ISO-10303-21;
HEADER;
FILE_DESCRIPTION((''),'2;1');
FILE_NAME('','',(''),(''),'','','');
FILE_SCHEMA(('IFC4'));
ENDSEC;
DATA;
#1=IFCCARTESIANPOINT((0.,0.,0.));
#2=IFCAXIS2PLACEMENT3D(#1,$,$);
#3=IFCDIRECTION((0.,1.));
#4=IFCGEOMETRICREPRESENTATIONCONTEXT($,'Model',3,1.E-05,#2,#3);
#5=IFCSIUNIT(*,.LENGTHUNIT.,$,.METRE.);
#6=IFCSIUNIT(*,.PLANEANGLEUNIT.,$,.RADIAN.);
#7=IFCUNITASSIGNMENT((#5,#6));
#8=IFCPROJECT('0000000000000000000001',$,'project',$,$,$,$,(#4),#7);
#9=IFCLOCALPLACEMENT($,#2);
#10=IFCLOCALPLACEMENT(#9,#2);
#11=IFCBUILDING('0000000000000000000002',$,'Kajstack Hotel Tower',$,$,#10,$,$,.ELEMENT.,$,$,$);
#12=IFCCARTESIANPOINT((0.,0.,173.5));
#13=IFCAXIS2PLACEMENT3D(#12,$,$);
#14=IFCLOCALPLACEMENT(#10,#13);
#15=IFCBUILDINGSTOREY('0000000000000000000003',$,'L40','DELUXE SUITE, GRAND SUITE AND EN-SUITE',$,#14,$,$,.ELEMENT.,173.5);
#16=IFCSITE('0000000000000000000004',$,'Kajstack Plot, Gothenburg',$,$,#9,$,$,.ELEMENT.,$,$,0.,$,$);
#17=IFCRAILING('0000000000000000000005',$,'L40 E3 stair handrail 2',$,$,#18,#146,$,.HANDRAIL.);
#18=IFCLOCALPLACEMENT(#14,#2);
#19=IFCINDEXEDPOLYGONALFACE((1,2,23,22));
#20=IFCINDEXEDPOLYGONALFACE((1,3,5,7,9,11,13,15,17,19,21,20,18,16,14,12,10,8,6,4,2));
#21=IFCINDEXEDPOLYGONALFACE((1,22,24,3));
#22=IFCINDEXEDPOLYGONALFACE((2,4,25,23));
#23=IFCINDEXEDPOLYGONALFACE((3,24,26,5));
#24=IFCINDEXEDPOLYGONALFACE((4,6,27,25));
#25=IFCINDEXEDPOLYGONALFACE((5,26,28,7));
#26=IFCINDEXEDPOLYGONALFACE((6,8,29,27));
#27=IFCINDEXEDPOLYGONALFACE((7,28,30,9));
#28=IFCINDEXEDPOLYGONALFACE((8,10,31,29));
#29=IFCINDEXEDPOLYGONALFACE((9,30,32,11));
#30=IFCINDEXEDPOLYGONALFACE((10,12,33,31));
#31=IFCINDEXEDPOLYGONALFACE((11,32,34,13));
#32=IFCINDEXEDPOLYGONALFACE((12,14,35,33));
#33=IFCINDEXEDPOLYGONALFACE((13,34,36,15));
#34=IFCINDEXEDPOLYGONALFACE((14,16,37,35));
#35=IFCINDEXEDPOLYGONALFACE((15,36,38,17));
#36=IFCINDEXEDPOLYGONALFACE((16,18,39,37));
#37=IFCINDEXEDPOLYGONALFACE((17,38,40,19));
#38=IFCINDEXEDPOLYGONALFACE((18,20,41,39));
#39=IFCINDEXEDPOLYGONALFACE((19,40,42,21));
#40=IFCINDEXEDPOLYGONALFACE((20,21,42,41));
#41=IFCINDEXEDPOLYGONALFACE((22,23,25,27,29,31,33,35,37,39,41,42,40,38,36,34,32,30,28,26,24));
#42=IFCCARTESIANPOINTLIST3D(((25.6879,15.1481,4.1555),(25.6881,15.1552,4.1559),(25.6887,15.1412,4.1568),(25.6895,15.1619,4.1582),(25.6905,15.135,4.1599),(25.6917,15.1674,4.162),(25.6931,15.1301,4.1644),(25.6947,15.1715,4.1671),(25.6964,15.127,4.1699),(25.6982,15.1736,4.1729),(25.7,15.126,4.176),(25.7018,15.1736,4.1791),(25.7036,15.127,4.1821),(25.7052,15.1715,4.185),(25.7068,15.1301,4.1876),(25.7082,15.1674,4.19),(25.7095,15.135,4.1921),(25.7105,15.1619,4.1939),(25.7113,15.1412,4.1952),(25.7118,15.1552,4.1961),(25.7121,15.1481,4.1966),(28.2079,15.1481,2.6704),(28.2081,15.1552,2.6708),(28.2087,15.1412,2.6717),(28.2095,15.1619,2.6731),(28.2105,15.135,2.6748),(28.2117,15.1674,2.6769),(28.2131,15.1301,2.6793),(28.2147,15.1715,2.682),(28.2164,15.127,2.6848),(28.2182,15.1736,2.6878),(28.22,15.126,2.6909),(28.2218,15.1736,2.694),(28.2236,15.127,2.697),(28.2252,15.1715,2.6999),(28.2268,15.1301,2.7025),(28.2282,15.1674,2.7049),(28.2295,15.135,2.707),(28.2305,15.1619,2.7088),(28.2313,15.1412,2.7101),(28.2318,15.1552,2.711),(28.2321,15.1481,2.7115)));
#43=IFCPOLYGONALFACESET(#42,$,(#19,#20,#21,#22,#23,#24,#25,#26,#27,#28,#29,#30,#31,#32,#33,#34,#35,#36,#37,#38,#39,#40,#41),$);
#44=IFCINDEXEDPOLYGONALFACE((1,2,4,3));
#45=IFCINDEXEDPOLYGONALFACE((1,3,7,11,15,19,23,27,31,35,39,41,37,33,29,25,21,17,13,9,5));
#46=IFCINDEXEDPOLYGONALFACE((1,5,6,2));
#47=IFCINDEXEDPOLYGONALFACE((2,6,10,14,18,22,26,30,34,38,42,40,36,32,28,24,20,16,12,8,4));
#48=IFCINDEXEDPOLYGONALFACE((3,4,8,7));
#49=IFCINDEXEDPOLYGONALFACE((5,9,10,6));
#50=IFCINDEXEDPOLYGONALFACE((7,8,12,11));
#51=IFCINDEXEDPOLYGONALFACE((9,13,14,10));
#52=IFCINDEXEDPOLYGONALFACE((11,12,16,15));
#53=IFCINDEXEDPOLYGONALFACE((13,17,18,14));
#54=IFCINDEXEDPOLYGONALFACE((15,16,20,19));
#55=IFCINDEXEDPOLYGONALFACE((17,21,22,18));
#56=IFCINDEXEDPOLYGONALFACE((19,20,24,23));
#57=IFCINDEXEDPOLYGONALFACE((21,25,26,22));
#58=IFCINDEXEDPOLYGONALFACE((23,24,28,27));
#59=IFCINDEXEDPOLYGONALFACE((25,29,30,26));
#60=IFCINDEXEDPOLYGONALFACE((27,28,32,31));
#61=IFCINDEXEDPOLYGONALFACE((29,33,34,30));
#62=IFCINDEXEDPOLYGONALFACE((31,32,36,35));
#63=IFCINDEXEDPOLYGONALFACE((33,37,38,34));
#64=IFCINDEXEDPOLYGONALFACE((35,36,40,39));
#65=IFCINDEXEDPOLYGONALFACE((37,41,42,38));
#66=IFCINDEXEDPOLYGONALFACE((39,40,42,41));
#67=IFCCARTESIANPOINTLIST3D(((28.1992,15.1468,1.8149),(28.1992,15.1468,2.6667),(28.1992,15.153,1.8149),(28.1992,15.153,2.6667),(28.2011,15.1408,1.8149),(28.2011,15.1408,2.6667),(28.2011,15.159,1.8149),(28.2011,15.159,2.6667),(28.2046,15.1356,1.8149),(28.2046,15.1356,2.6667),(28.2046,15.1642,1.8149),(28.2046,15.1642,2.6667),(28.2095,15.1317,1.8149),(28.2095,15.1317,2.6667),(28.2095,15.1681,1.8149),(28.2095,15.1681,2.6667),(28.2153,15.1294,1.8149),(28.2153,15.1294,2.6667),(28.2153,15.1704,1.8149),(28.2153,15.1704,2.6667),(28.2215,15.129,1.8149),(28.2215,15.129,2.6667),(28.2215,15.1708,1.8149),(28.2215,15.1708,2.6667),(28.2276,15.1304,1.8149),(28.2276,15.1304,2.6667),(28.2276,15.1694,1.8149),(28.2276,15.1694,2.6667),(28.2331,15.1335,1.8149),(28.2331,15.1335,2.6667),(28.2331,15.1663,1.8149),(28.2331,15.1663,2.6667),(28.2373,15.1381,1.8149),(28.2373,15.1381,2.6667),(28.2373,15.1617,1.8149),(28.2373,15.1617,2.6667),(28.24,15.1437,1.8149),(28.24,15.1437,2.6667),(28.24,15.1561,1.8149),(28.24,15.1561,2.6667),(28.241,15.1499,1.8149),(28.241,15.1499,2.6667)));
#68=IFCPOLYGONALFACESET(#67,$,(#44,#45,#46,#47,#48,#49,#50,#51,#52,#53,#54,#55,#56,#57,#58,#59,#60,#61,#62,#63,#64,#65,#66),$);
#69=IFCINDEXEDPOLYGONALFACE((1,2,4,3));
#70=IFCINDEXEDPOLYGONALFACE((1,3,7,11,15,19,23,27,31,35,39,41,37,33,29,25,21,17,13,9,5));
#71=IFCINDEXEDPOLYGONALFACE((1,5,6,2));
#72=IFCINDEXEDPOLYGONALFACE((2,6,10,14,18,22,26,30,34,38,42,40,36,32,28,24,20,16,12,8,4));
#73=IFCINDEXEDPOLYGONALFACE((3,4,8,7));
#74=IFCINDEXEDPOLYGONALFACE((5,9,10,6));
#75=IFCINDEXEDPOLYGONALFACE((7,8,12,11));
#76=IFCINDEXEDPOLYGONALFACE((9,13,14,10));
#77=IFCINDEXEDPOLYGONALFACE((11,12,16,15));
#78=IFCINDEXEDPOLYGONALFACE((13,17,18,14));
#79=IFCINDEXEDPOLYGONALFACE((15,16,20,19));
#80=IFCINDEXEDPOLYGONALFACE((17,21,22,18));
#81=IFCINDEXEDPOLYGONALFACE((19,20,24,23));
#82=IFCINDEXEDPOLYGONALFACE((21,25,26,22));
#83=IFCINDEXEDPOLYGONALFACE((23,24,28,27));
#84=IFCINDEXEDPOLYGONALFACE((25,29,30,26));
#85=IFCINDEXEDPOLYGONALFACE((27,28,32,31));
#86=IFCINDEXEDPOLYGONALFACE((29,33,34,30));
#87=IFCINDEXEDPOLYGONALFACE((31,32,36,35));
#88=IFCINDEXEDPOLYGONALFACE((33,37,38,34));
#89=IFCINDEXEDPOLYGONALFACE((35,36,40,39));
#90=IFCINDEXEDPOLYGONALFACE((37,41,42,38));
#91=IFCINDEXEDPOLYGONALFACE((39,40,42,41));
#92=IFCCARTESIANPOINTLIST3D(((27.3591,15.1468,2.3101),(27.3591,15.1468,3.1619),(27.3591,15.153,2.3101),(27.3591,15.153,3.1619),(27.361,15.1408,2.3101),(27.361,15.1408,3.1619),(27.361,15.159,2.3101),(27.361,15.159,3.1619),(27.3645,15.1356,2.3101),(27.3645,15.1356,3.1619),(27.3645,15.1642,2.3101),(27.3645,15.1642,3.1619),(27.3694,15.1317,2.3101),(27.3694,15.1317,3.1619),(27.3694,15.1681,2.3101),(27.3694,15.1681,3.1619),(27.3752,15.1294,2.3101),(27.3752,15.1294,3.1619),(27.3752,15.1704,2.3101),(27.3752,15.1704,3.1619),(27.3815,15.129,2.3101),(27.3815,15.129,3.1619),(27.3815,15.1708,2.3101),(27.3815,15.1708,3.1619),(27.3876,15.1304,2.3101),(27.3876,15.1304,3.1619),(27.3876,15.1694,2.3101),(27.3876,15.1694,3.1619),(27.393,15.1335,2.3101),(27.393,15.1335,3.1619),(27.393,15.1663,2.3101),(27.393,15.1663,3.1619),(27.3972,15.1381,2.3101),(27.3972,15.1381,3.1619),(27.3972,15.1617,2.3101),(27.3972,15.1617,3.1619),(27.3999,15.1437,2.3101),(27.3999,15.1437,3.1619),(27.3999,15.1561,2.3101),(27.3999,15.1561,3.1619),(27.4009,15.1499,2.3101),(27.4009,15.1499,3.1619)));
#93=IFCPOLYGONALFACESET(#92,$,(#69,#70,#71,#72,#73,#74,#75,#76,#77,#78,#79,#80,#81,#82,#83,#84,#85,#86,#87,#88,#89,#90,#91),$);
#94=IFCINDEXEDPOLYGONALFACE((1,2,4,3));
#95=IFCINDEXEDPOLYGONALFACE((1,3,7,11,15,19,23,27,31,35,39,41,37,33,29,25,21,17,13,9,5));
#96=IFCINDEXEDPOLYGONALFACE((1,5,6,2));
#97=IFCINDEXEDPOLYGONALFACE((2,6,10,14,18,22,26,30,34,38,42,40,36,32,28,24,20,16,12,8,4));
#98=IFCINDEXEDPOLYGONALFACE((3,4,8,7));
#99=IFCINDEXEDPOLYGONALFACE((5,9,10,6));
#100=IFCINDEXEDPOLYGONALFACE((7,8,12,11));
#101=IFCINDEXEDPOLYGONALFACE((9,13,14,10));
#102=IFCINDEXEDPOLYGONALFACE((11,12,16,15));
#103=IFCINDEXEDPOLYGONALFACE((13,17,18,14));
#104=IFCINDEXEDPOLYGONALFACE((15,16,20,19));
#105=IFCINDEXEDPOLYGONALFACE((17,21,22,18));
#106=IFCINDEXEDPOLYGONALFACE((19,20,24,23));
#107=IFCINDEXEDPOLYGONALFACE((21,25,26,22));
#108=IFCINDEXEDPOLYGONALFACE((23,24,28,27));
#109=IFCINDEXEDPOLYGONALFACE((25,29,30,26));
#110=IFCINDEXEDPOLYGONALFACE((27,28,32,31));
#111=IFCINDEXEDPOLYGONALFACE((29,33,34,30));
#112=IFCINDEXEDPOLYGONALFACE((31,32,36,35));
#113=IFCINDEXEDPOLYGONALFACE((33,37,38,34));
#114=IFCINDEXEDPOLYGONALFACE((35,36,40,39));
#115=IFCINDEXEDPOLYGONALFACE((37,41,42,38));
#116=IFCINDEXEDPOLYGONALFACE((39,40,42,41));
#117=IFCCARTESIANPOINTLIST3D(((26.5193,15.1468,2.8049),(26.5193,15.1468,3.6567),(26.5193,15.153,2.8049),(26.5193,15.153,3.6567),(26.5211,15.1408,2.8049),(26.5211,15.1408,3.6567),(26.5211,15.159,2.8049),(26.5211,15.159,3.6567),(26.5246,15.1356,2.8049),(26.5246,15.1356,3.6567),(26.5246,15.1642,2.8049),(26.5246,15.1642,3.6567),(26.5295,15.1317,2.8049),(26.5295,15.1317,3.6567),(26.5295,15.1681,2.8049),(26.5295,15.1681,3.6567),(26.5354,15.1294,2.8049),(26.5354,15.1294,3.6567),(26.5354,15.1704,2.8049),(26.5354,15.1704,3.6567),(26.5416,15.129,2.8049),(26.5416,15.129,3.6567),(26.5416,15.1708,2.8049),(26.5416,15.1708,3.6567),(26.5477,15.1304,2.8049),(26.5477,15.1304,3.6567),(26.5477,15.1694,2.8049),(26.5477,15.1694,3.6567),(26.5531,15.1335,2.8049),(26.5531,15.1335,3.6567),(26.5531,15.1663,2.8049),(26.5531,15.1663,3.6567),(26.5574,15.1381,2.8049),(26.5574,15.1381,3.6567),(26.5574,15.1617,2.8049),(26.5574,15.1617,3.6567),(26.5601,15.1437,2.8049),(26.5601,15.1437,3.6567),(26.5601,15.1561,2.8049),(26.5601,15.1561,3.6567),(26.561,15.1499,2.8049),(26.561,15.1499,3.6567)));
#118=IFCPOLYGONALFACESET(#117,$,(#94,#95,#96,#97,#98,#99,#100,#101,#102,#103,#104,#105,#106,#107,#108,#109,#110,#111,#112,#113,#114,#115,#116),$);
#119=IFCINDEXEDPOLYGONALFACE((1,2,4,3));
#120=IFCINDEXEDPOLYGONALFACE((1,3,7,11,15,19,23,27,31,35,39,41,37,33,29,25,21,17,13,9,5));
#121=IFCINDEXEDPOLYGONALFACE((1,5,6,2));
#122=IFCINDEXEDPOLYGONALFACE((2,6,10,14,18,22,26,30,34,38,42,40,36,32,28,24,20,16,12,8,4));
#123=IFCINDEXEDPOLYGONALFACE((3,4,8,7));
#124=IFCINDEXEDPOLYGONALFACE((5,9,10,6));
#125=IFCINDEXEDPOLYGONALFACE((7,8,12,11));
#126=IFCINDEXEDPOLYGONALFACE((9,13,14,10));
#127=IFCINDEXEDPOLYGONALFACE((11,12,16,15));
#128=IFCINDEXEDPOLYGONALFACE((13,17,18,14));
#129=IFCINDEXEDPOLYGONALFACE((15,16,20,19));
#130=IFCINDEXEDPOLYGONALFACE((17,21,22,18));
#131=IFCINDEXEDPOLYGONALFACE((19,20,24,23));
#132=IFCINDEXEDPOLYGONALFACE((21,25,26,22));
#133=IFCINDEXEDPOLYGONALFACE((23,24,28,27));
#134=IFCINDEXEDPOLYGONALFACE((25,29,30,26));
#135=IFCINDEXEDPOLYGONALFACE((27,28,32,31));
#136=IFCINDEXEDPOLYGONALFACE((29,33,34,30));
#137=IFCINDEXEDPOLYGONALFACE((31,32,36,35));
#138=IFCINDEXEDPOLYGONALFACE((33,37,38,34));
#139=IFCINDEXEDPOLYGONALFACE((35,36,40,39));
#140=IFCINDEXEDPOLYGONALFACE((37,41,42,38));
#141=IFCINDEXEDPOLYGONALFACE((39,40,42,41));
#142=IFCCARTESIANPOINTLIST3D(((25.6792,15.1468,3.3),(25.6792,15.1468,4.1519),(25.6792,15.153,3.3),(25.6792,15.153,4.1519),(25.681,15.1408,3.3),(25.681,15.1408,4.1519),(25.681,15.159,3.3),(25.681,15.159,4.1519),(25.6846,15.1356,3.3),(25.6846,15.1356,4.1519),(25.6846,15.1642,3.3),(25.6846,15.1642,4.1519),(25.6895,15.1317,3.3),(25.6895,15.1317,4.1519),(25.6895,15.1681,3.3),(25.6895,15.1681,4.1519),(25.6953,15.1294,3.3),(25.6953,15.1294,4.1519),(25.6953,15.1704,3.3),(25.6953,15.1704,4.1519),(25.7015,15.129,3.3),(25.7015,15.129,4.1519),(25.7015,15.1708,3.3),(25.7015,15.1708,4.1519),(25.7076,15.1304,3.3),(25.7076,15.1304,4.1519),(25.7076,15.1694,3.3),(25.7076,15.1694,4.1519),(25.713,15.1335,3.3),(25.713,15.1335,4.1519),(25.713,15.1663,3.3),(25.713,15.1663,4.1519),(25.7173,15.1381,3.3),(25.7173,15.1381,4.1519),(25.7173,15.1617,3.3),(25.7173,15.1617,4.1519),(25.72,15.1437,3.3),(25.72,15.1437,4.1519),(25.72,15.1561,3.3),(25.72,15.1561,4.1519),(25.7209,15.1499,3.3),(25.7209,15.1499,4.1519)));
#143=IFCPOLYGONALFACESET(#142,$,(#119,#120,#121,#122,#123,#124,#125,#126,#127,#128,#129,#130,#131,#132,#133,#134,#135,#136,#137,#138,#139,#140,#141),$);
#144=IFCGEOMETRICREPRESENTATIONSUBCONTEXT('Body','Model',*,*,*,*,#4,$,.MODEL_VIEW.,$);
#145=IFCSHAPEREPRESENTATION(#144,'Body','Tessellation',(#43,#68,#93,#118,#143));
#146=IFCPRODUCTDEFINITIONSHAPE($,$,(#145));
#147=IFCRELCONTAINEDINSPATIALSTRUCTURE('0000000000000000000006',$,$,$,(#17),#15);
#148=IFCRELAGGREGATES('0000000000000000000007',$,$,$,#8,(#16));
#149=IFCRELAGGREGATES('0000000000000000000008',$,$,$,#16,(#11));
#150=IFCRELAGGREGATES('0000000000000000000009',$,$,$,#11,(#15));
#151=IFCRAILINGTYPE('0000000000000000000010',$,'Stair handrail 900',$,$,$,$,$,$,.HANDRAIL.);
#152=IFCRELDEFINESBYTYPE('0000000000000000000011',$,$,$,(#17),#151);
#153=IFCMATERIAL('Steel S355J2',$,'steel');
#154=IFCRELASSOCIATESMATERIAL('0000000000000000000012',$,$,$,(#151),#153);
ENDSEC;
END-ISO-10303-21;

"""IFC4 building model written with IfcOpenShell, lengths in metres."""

from ifc_helpers import new_model, si_unit, direction, frame, origin, origin_2d, place, context, subcontext, project, spatial, circle, extrude, material, type_object, element, save


model = new_model("IFC4")

# Units and contexts
model_context = context("Model", 3, precision=1e-05, world=origin(), true_north=direction((0.0, 1.0)))
body_context = subcontext(model_context, "Body", "Model", "MODEL_VIEW")
ifc_project = project(units=[si_unit("LENGTHUNIT", "METRE"), si_unit("PLANEANGLEUNIT", "RADIAN")], contexts=[model_context])

# Site, building, storey
site_placement = place(None, origin())
site = spatial("IfcSite", under=ifc_project, at=site_placement, Name="Kajstack Plot, Gothenburg", CompositionType="ELEMENT", RefElevation=0.0)
building_placement = place(site_placement, origin())
building = spatial("IfcBuilding", under=site, at=building_placement, Name="Kajstack Hotel Tower", CompositionType="ELEMENT")
storey_placement = place(building_placement, frame((0.0, 0.0, 173.5)))
storey = spatial("IfcBuildingStorey", under=building, at=storey_placement, Name="L40", Description="DELUXE SUITE, GRAND SUITE AND EN-SUITE", CompositionType="ELEMENT", Elevation=173.5)

# Railing
ifc_material_1 = material(Name="Steel S355J2", Category="steel")
railing_type_1 = type_object("IfcRailingType", Name="Stair handrail 900", PredefinedType="HANDRAIL", material=ifc_material_1)
railing_1_placement = place(storey_placement, frame((28.22, 15.1499, 1.8149)))
element("IfcRailing", 1, at=railing_1_placement, inside=storey, type_object=railing_type_1, Name="L40 E3 stair handrail 2", PredefinedType="HANDRAIL", context=body_context, shape_type="SweptSolid", body=[
    extrude(circle(Radius=0.0239, at=origin_2d()), frame((0.0, 0.0, 0.876), z_axis=(-0.861524, 0.0, 0.507717), x_axis=(0.0, -1.0, 0.0)), (0.0, 0.0, 1.0), 2.925),
    extrude(circle(Radius=0.021, at=origin_2d()), origin(), (0.0, 0.0, 1.0), 0.8518),
    extrude(circle(Radius=0.021, at=origin_2d()), frame((-0.8401, 0.0, 0.4951)), (0.0, 0.0, 1.0), 0.8518),
    extrude(circle(Radius=0.021, at=origin_2d()), frame((-1.6799, 0.0, 0.99)), (0.0, 0.0, 1.0), 0.8518),
    extrude(circle(Radius=0.021, at=origin_2d()), frame((-2.52, 0.0, 1.4851)), (0.0, 0.0, 1.0), 0.8518),
])

save(model, "model.ifc")
